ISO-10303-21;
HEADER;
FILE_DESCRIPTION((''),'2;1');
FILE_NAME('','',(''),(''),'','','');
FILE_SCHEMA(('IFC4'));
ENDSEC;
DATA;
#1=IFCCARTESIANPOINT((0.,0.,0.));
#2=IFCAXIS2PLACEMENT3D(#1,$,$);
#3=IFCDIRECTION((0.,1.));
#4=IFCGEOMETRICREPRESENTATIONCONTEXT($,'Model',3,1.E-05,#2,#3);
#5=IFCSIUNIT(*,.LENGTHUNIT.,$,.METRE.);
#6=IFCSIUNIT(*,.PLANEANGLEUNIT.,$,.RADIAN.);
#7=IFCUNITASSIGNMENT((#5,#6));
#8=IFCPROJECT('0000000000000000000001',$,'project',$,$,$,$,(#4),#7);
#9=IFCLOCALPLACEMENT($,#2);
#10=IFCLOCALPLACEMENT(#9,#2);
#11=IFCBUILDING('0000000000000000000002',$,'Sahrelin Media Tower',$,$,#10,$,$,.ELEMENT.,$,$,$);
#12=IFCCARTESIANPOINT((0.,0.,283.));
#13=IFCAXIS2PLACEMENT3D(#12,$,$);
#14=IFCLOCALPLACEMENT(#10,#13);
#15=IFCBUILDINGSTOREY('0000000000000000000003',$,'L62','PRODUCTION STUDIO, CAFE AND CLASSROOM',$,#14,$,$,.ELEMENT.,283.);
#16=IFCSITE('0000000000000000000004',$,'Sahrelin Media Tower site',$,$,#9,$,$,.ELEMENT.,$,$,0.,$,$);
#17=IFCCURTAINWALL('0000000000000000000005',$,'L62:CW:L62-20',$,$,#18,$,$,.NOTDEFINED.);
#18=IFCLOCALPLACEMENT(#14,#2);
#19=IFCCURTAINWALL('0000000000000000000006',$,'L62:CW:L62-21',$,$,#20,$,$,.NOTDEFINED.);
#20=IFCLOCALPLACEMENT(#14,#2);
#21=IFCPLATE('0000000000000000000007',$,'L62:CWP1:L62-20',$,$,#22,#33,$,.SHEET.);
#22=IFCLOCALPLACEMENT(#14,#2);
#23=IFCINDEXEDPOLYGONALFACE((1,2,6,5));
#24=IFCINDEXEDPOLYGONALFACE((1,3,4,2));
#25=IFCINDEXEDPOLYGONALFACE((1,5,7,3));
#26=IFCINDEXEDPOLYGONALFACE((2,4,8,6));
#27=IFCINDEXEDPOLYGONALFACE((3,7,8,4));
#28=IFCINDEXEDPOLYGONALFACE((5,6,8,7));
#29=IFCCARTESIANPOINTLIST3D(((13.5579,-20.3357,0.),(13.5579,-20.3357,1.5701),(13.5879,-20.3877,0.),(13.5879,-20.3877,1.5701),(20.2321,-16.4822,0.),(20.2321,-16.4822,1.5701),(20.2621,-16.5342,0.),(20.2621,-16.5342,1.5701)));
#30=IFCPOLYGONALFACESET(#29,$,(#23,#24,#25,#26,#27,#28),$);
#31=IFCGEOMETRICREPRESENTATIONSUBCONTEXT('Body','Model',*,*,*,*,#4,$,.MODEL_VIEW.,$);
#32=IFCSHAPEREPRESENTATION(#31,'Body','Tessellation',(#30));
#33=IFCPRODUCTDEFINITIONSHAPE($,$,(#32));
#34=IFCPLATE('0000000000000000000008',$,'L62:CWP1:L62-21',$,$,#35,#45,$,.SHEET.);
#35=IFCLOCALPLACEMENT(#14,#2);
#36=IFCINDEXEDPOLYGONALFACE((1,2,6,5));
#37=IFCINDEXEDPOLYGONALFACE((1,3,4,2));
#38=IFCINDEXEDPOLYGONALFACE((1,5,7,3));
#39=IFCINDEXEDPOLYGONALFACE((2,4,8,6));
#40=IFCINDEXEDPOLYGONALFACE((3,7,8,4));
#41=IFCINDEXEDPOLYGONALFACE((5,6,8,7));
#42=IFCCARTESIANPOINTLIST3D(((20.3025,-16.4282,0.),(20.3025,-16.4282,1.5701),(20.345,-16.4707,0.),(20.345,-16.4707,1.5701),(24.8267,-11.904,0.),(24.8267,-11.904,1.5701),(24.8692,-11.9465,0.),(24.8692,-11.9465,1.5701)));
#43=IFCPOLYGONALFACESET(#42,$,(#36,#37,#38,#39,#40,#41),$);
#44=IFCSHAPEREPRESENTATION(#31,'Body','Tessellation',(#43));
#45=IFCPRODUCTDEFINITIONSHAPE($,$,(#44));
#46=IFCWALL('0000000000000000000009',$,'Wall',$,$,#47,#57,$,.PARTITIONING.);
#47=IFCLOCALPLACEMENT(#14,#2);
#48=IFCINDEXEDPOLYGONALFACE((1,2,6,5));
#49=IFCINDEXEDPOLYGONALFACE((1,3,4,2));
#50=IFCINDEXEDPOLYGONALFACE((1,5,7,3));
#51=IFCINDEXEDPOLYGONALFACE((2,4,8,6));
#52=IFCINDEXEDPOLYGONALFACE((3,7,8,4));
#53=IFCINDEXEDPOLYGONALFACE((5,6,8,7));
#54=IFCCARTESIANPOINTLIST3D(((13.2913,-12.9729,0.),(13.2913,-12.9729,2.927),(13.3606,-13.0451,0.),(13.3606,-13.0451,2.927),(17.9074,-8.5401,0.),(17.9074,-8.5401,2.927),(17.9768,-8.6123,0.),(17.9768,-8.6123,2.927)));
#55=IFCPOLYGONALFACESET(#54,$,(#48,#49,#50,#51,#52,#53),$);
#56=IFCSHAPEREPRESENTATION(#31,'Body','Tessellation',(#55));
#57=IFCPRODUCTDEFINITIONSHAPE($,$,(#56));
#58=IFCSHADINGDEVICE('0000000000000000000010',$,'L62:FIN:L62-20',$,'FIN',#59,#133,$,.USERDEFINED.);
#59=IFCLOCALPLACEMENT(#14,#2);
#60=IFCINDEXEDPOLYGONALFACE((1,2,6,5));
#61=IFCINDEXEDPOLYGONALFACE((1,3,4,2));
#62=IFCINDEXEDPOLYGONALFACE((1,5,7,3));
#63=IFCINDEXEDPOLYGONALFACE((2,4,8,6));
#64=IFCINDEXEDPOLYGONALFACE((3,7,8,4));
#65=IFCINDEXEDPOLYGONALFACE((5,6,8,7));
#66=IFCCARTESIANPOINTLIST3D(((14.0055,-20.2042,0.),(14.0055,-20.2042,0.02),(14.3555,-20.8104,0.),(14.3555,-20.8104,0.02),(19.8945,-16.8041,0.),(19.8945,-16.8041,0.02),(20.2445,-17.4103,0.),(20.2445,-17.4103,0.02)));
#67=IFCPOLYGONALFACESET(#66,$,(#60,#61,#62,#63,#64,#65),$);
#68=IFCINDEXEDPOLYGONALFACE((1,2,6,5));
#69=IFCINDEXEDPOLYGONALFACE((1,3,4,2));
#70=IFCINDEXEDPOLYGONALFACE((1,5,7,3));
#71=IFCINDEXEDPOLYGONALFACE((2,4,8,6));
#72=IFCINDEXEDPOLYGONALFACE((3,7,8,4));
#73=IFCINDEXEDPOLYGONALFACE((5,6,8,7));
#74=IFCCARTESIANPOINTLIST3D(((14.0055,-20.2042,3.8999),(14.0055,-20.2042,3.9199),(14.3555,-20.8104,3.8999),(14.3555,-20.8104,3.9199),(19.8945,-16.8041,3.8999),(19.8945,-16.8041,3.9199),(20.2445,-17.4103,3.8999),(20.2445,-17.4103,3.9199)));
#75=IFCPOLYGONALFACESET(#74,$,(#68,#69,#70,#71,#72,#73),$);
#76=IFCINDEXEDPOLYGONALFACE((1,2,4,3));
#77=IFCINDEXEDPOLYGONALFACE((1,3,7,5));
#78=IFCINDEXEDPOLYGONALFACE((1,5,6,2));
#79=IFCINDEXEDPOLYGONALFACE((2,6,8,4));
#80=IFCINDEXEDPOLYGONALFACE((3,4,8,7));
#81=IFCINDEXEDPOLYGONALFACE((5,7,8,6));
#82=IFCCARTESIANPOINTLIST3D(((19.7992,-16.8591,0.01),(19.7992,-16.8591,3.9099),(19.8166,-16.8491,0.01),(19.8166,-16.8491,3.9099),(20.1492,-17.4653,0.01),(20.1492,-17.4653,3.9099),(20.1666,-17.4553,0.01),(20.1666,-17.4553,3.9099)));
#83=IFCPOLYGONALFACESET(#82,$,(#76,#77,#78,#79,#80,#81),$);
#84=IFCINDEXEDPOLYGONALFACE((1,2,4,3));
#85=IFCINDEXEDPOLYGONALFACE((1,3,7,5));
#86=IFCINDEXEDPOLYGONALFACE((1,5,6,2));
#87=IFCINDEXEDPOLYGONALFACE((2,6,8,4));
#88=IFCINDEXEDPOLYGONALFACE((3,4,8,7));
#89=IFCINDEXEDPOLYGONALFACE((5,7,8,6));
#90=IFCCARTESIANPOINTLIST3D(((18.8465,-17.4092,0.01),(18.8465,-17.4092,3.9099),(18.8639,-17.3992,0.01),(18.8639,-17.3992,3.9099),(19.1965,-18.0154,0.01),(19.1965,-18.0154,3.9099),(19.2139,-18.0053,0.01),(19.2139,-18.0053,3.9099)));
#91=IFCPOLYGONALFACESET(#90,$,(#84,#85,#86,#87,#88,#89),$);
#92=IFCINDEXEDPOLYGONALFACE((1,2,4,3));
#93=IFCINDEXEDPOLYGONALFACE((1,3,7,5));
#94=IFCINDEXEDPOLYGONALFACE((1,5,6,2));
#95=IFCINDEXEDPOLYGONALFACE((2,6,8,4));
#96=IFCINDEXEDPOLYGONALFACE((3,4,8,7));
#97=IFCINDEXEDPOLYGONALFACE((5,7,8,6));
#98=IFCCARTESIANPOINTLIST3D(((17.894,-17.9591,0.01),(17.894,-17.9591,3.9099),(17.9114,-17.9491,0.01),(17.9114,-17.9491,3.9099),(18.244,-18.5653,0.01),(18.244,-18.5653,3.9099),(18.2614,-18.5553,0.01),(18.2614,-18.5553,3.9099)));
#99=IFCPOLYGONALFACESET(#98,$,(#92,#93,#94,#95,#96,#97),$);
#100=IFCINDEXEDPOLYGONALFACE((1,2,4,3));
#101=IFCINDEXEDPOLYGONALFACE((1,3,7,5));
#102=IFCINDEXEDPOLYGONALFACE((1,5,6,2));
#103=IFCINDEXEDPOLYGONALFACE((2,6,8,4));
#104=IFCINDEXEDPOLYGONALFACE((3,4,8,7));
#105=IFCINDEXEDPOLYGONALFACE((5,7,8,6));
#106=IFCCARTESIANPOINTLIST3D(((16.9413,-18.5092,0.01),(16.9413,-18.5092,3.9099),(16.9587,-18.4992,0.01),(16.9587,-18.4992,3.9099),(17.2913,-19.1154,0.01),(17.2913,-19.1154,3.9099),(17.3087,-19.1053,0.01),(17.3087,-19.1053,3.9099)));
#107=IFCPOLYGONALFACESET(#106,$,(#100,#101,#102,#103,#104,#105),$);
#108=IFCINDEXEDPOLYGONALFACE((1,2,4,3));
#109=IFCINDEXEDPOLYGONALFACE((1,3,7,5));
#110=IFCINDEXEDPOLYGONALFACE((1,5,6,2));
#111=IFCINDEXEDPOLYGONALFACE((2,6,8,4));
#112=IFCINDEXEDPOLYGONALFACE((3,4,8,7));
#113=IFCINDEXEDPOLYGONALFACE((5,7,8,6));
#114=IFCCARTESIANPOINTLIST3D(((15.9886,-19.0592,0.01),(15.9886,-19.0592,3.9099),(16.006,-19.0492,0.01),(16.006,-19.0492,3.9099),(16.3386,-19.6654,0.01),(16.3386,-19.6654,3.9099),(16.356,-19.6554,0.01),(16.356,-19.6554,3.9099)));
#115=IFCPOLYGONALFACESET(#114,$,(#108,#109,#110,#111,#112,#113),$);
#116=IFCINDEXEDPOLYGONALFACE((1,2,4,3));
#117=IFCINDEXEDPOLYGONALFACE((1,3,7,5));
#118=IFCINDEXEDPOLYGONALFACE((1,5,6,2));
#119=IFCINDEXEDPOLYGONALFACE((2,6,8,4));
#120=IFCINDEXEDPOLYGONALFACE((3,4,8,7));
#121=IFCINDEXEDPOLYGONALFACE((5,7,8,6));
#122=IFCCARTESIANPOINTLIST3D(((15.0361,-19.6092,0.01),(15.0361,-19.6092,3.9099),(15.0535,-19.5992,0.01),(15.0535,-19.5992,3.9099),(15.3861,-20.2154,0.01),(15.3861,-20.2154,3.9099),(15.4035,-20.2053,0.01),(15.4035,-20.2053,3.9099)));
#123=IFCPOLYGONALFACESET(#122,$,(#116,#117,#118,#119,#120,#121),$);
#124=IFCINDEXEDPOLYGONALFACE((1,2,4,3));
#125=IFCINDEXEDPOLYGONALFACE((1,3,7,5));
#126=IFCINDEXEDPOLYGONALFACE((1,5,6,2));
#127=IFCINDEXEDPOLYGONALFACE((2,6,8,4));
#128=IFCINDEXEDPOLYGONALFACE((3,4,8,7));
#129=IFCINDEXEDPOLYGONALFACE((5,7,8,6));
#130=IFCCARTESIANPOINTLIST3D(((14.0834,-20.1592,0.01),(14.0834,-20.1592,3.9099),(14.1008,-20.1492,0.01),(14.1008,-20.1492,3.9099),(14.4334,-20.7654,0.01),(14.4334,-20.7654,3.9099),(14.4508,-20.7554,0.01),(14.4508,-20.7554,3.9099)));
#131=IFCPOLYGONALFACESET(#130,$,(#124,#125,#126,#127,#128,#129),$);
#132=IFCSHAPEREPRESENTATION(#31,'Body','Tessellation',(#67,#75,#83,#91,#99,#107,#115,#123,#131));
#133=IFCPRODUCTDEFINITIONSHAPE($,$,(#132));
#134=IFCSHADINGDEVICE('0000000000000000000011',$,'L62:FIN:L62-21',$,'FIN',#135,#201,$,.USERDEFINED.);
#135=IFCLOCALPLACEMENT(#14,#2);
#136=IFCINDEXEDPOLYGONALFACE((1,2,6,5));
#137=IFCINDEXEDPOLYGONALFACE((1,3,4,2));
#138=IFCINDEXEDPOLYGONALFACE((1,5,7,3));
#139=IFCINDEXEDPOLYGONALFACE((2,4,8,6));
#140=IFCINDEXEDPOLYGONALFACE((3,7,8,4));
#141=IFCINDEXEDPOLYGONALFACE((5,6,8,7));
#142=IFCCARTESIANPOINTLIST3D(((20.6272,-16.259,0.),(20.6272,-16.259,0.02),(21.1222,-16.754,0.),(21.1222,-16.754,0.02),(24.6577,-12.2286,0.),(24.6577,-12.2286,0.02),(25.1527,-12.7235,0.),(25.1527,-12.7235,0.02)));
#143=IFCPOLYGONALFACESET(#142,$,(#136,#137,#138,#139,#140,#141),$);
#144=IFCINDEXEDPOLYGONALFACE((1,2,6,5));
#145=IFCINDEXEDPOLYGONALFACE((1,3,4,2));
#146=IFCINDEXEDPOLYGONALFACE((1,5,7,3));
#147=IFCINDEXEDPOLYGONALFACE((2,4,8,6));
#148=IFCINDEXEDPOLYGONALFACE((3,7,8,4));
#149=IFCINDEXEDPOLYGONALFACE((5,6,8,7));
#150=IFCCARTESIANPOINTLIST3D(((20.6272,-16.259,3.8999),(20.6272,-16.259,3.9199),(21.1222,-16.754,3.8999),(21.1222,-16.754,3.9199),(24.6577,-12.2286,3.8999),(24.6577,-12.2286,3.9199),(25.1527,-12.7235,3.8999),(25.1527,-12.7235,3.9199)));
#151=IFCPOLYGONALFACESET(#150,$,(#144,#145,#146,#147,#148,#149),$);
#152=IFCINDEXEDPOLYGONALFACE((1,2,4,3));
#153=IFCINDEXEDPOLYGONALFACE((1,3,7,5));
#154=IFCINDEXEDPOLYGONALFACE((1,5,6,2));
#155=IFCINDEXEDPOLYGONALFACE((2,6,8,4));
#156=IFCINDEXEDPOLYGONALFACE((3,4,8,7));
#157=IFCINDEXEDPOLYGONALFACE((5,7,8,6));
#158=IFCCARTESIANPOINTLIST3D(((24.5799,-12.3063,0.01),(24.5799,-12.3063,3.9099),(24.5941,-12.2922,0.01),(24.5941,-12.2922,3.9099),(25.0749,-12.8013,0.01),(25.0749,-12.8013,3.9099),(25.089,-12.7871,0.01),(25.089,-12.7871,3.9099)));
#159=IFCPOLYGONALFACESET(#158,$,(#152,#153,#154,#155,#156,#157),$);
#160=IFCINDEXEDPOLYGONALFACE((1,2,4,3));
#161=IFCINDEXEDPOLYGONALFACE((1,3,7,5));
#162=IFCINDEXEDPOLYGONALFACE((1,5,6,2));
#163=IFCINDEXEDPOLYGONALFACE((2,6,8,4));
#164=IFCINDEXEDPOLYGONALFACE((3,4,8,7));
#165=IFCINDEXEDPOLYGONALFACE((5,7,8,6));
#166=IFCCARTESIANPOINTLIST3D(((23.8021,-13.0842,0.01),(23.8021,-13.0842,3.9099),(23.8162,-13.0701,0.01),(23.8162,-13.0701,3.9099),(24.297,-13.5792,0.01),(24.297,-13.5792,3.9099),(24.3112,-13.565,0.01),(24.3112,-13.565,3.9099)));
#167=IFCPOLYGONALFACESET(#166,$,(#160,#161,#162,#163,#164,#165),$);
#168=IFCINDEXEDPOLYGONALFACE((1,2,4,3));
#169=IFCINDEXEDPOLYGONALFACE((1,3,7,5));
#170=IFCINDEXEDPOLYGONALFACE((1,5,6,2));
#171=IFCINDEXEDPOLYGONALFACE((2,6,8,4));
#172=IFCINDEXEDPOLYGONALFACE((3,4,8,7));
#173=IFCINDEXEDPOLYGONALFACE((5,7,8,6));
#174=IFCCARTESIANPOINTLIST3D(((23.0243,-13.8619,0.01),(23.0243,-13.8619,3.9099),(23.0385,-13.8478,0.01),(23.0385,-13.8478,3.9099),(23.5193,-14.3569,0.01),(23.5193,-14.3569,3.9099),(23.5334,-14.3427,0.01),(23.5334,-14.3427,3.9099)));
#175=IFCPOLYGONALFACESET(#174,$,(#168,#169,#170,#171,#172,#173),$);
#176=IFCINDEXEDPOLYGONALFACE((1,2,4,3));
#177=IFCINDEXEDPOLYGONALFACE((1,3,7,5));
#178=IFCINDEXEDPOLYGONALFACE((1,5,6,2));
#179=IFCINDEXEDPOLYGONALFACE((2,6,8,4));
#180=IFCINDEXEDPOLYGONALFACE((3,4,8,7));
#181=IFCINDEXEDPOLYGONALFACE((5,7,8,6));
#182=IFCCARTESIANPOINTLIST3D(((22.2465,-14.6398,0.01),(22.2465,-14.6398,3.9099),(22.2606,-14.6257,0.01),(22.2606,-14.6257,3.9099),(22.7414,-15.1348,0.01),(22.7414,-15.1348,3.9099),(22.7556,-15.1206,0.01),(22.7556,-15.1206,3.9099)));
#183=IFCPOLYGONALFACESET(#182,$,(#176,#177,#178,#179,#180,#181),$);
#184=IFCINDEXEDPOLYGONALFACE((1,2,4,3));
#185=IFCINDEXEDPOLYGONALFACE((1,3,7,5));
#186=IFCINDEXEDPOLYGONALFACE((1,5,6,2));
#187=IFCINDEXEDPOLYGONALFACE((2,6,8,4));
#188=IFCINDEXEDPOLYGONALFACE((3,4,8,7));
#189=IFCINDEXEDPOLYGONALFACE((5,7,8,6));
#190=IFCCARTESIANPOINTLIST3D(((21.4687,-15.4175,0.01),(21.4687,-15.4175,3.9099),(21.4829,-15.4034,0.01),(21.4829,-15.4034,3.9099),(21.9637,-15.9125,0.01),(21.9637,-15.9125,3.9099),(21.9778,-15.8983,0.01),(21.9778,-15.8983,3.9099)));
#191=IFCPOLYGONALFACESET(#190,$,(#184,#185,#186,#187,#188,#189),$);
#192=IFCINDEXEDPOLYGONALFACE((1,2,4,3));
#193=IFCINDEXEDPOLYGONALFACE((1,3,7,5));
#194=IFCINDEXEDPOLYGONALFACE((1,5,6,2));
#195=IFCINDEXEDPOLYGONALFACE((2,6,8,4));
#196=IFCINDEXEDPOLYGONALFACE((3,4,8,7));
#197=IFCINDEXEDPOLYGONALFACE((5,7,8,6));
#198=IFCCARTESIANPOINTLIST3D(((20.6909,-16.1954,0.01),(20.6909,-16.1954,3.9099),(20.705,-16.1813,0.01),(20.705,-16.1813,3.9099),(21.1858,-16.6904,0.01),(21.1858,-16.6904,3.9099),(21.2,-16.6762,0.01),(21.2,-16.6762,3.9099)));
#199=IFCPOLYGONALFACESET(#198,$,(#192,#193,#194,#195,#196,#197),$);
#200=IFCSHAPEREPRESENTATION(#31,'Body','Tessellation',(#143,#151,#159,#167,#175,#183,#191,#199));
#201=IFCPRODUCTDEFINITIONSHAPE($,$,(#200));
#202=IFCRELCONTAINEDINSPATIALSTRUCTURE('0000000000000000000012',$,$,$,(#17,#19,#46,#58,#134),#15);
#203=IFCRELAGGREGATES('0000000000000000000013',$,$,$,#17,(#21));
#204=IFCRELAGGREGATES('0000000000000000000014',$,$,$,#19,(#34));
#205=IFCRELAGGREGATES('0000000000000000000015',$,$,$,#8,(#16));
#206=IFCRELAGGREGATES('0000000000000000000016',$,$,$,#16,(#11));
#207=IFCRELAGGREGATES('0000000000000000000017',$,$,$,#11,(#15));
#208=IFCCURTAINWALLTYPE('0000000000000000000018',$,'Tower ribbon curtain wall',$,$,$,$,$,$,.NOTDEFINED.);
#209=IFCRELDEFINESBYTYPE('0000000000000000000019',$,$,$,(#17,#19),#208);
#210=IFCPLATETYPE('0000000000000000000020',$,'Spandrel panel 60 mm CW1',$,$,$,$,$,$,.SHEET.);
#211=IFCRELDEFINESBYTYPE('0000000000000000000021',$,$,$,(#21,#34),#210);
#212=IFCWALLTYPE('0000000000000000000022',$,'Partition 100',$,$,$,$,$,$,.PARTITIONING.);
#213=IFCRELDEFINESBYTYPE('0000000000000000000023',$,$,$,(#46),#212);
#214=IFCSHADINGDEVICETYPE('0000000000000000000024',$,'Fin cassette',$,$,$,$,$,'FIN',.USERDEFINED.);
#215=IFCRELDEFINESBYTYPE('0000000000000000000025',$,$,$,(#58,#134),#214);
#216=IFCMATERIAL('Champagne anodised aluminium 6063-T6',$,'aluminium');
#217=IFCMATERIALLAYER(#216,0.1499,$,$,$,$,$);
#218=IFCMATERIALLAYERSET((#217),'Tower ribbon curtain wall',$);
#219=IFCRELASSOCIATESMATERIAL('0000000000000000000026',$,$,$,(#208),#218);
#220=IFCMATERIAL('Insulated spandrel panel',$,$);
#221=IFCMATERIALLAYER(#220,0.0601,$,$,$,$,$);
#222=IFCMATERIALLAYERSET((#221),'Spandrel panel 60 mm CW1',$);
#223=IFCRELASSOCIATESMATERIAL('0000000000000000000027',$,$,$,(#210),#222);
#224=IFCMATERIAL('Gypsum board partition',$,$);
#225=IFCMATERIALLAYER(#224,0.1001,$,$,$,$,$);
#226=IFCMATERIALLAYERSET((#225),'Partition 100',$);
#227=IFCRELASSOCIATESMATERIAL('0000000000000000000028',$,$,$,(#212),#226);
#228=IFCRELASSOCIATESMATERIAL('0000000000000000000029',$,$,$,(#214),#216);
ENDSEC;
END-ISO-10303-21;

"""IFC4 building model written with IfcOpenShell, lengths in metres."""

from ifc_helpers import new_model, si_unit, direction, frame, frame_2d, origin, origin_2d, place, context, subcontext, project, spatial, polyline, rectangle, outline, extrude, material, layer, layer_set, type_object, element, aggregate, save


model = new_model("IFC4")

# Units and contexts
model_context = context("Model", 3, precision=1e-05, world=origin(), true_north=direction((0.0, 1.0)))
body_context = subcontext(model_context, "Body", "Model", "MODEL_VIEW")
ifc_project = project(units=[si_unit("LENGTHUNIT", "METRE"), si_unit("PLANEANGLEUNIT", "RADIAN")], contexts=[model_context])

# Site, building, storey
site_placement = place(None, origin())
site = spatial("IfcSite", under=ifc_project, at=site_placement, Name="Sahrelin Media Tower site", CompositionType="ELEMENT", RefElevation=0.0)
building_placement = place(site_placement, origin())
building = spatial("IfcBuilding", under=site, at=building_placement, Name="Sahrelin Media Tower", CompositionType="ELEMENT")
storey_placement = place(building_placement, frame((0.0, 0.0, 283.0)))
storey = spatial("IfcBuildingStorey", under=building, at=storey_placement, Name="L62", Description="PRODUCTION STUDIO, CAFE AND CLASSROOM", CompositionType="ELEMENT", Elevation=283.0)

# Curtain walls
ifc_material_1 = material(Name="Champagne anodised aluminium 6063-T6", Category="aluminium")
ifc_layer_1 = layer(ifc_material_1, 0.1499)
ifc_layer_set_1 = layer_set([ifc_layer_1], Name="Tower ribbon curtain wall")
curtain_wall_type = type_object("IfcCurtainWallType", Name="Tower ribbon curtain wall", PredefinedType="NOTDEFINED", material=ifc_layer_set_1)
curtain_wall_1_placement = place(storey_placement, frame((16.915, -18.4436, 0.0), z_axis=(0.0, 0.0, 1.0), x_axis=(1.0, 0.0, 0.0)))
curtain_wall_1 = element("IfcCurtainWall", 1, at=curtain_wall_1_placement, inside=storey, type_object=curtain_wall_type, Name="L62:CW:L62-20", PredefinedType="NOTDEFINED")
curtain_wall_2_placement = place(storey_placement, frame((22.593, -14.1943, 0.0), z_axis=(0.0, 0.0, 1.0), x_axis=(1.0, 0.0, 0.0)))
curtain_wall_2 = element("IfcCurtainWall", 2, at=curtain_wall_2_placement, inside=storey, type_object=curtain_wall_type, Name="L62:CW:L62-21", PredefinedType="NOTDEFINED")

# Plates
ifc_material_2 = material(Name="Insulated spandrel panel")
ifc_layer_2 = layer(ifc_material_2, 0.0601)
ifc_layer_set_2 = layer_set([ifc_layer_2], Name="Spandrel panel 60 mm CW1")
plate_type_1 = type_object("IfcPlateType", Name="Spandrel panel 60 mm CW1", PredefinedType="SHEET", material=ifc_layer_set_2)
plate_1_placement = place(storey_placement, frame((13.5879, -20.3877, 0.0), z_axis=(0.500009, -0.86602, 0.0), x_axis=(0.86602, 0.500009, 0.0)))
plate_1 = element("IfcPlate", 3, at=plate_1_placement, type_object=plate_type_1, Name="L62:CWP1:L62-20", PredefinedType="SHEET", context=body_context, shape_type="SweptSolid", body=[
    extrude(outline(polyline([(0.0, 0.0), (7.7068, 0.0), (7.7068, 1.5701), (0.0, 1.5701), (0.0, 0.0)])), origin(), (0.0, 0.0, -1.0), 0.0601),
])
aggregate(curtain_wall_1, [plate_1])
plate_2_placement = place(storey_placement, frame((20.345, -16.4707, 0.0), z_axis=(0.707107, -0.707107, 0.0), x_axis=(0.707107, 0.707107, 0.0)))
plate_2 = element("IfcPlate", 4, at=plate_2_placement, type_object=plate_type_1, Name="L62:CWP1:L62-21", PredefinedType="SHEET", context=body_context, shape_type="SweptSolid", body=[
    extrude(outline(polyline([(0.0, 0.0), (6.3982, 0.0), (6.3982, 1.5701), (0.0, 1.5701), (0.0, 0.0)])), origin(), (0.0, 0.0, -1.0), 0.0601),
])
aggregate(curtain_wall_2, [plate_2])

# Wall
ifc_material_3 = material(Name="Gypsum board partition")
ifc_layer_3 = layer(ifc_material_3, 0.1001)
ifc_layer_set_3 = layer_set([ifc_layer_3], Name="Partition 100")
wall_type = type_object("IfcWallType", Name="Partition 100", PredefinedType="PARTITIONING", material=ifc_layer_set_3)
wall_placement = place(storey_placement, frame((13.3259, -13.009, 0.0), z_axis=(0.0, 0.0, 1.0), x_axis=(0.721286, 0.692637, 0.0)))
element("IfcWall", 5, at=wall_placement, inside=storey, type_object=wall_type, Name="Wall", PredefinedType="PARTITIONING", context=body_context, shape_type="SweptSolid", body=[
    extrude(rectangle(XDim=6.3999, YDim=0.1001, at=frame_2d((3.2, 0.0))), origin(), (0.0, 0.0, 1.0), 2.927),
])

# Shading devices
shading_device_type_1 = type_object("IfcShadingDeviceType", Name="Fin cassette", ElementType="FIN", PredefinedType="USERDEFINED", material=ifc_material_1)
placement_1 = place(storey_placement, frame((16.915, -18.4436, 0.0), z_axis=(0.0, 0.0, 1.0), x_axis=(-0.866019, -0.500011, 0.0)))
element("IfcShadingDevice", 6, at=placement_1, inside=storey, type_object=shading_device_type_1, Name="L62:FIN:L62-20", ObjectType="FIN", PredefinedType="USERDEFINED", context=body_context, shape_type="SweptSolid", body=[
    extrude(rectangle(XDim=6.8, YDim=0.7, at=origin_2d()), frame((0.0, 0.4199, 0.0)), (0.0, 0.0, 1.0), 0.02),
    extrude(rectangle(XDim=6.8, YDim=0.7, at=origin_2d()), frame((0.0, 0.4199, 3.8999)), (0.0, 0.0, 1.0), 0.02),
    extrude(rectangle(XDim=0.02, YDim=0.7, at=origin_2d()), frame((-3.3, 0.4199, 0.01), z_axis=(0.0, 0.0, 1.0), x_axis=(1.0, 0.0, 0.0)), (0.0, 0.0, 1.0), 3.8999),
    extrude(rectangle(XDim=0.02, YDim=0.7, at=origin_2d()), frame((-2.2, 0.4199, 0.01), z_axis=(0.0, 0.0, 1.0), x_axis=(1.0, 0.0, 0.0)), (0.0, 0.0, 1.0), 3.8999),
    extrude(rectangle(XDim=0.02, YDim=0.7, at=origin_2d()), frame((-1.1001, 0.4199, 0.01), z_axis=(0.0, 0.0, 1.0), x_axis=(1.0, 0.0, 0.0)), (0.0, 0.0, 1.0), 3.8999),
    extrude(rectangle(XDim=0.02, YDim=0.7, at=origin_2d()), frame((0.0, 0.4199, 0.01), z_axis=(0.0, 0.0, 1.0), x_axis=(1.0, 0.0, 0.0)), (0.0, 0.0, 1.0), 3.8999),
    extrude(rectangle(XDim=0.02, YDim=0.7, at=origin_2d()), frame((1.1001, 0.4199, 0.01), z_axis=(0.0, 0.0, 1.0), x_axis=(1.0, 0.0, 0.0)), (0.0, 0.0, 1.0), 3.8999),
    extrude(rectangle(XDim=0.02, YDim=0.7, at=origin_2d()), frame((2.2, 0.4199, 0.01), z_axis=(0.0, 0.0, 1.0), x_axis=(1.0, 0.0, 0.0)), (0.0, 0.0, 1.0), 3.8999),
    extrude(rectangle(XDim=0.02, YDim=0.7, at=origin_2d()), frame((3.3, 0.4199, 0.01), z_axis=(0.0, 0.0, 1.0), x_axis=(1.0, 0.0, 0.0)), (0.0, 0.0, 1.0), 3.8999),
])
placement_2 = place(storey_placement, frame((22.593, -14.1943, 0.0), z_axis=(0.0, 0.0, 1.0), x_axis=(-0.707107, -0.707107, 0.0)))
element("IfcShadingDevice", 7, at=placement_2, inside=storey, type_object=shading_device_type_1, Name="L62:FIN:L62-21", ObjectType="FIN", PredefinedType="USERDEFINED", context=body_context, shape_type="SweptSolid", body=[
    extrude(rectangle(XDim=5.7, YDim=0.7, at=origin_2d()), frame((0.0, 0.4199, 0.0)), (0.0, 0.0, 1.0), 0.02),
    extrude(rectangle(XDim=5.7, YDim=0.7, at=origin_2d()), frame((0.0, 0.4199, 3.8999)), (0.0, 0.0, 1.0), 0.02),
    extrude(rectangle(XDim=0.02, YDim=0.7, at=origin_2d()), frame((-2.75, 0.4199, 0.01), z_axis=(0.0, 0.0, 1.0), x_axis=(1.0, 0.0, 0.0)), (0.0, 0.0, 1.0), 3.8999),
    extrude(rectangle(XDim=0.02, YDim=0.7, at=origin_2d()), frame((-1.6499, 0.4199, 0.01), z_axis=(0.0, 0.0, 1.0), x_axis=(1.0, 0.0, 0.0)), (0.0, 0.0, 1.0), 3.8999),
    extrude(rectangle(XDim=0.02, YDim=0.7, at=origin_2d()), frame((-0.55, 0.4199, 0.01), z_axis=(0.0, 0.0, 1.0), x_axis=(1.0, 0.0, 0.0)), (0.0, 0.0, 1.0), 3.8999),
    extrude(rectangle(XDim=0.02, YDim=0.7, at=origin_2d()), frame((0.55, 0.4199, 0.01), z_axis=(0.0, 0.0, 1.0), x_axis=(1.0, 0.0, 0.0)), (0.0, 0.0, 1.0), 3.8999),
    extrude(rectangle(XDim=0.02, YDim=0.7, at=origin_2d()), frame((1.6499, 0.4199, 0.01), z_axis=(0.0, 0.0, 1.0), x_axis=(1.0, 0.0, 0.0)), (0.0, 0.0, 1.0), 3.8999),
    extrude(rectangle(XDim=0.02, YDim=0.7, at=origin_2d()), frame((2.75, 0.4199, 0.01), z_axis=(0.0, 0.0, 1.0), x_axis=(1.0, 0.0, 0.0)), (0.0, 0.0, 1.0), 3.8999),
])

save(model, "model.ifc")
